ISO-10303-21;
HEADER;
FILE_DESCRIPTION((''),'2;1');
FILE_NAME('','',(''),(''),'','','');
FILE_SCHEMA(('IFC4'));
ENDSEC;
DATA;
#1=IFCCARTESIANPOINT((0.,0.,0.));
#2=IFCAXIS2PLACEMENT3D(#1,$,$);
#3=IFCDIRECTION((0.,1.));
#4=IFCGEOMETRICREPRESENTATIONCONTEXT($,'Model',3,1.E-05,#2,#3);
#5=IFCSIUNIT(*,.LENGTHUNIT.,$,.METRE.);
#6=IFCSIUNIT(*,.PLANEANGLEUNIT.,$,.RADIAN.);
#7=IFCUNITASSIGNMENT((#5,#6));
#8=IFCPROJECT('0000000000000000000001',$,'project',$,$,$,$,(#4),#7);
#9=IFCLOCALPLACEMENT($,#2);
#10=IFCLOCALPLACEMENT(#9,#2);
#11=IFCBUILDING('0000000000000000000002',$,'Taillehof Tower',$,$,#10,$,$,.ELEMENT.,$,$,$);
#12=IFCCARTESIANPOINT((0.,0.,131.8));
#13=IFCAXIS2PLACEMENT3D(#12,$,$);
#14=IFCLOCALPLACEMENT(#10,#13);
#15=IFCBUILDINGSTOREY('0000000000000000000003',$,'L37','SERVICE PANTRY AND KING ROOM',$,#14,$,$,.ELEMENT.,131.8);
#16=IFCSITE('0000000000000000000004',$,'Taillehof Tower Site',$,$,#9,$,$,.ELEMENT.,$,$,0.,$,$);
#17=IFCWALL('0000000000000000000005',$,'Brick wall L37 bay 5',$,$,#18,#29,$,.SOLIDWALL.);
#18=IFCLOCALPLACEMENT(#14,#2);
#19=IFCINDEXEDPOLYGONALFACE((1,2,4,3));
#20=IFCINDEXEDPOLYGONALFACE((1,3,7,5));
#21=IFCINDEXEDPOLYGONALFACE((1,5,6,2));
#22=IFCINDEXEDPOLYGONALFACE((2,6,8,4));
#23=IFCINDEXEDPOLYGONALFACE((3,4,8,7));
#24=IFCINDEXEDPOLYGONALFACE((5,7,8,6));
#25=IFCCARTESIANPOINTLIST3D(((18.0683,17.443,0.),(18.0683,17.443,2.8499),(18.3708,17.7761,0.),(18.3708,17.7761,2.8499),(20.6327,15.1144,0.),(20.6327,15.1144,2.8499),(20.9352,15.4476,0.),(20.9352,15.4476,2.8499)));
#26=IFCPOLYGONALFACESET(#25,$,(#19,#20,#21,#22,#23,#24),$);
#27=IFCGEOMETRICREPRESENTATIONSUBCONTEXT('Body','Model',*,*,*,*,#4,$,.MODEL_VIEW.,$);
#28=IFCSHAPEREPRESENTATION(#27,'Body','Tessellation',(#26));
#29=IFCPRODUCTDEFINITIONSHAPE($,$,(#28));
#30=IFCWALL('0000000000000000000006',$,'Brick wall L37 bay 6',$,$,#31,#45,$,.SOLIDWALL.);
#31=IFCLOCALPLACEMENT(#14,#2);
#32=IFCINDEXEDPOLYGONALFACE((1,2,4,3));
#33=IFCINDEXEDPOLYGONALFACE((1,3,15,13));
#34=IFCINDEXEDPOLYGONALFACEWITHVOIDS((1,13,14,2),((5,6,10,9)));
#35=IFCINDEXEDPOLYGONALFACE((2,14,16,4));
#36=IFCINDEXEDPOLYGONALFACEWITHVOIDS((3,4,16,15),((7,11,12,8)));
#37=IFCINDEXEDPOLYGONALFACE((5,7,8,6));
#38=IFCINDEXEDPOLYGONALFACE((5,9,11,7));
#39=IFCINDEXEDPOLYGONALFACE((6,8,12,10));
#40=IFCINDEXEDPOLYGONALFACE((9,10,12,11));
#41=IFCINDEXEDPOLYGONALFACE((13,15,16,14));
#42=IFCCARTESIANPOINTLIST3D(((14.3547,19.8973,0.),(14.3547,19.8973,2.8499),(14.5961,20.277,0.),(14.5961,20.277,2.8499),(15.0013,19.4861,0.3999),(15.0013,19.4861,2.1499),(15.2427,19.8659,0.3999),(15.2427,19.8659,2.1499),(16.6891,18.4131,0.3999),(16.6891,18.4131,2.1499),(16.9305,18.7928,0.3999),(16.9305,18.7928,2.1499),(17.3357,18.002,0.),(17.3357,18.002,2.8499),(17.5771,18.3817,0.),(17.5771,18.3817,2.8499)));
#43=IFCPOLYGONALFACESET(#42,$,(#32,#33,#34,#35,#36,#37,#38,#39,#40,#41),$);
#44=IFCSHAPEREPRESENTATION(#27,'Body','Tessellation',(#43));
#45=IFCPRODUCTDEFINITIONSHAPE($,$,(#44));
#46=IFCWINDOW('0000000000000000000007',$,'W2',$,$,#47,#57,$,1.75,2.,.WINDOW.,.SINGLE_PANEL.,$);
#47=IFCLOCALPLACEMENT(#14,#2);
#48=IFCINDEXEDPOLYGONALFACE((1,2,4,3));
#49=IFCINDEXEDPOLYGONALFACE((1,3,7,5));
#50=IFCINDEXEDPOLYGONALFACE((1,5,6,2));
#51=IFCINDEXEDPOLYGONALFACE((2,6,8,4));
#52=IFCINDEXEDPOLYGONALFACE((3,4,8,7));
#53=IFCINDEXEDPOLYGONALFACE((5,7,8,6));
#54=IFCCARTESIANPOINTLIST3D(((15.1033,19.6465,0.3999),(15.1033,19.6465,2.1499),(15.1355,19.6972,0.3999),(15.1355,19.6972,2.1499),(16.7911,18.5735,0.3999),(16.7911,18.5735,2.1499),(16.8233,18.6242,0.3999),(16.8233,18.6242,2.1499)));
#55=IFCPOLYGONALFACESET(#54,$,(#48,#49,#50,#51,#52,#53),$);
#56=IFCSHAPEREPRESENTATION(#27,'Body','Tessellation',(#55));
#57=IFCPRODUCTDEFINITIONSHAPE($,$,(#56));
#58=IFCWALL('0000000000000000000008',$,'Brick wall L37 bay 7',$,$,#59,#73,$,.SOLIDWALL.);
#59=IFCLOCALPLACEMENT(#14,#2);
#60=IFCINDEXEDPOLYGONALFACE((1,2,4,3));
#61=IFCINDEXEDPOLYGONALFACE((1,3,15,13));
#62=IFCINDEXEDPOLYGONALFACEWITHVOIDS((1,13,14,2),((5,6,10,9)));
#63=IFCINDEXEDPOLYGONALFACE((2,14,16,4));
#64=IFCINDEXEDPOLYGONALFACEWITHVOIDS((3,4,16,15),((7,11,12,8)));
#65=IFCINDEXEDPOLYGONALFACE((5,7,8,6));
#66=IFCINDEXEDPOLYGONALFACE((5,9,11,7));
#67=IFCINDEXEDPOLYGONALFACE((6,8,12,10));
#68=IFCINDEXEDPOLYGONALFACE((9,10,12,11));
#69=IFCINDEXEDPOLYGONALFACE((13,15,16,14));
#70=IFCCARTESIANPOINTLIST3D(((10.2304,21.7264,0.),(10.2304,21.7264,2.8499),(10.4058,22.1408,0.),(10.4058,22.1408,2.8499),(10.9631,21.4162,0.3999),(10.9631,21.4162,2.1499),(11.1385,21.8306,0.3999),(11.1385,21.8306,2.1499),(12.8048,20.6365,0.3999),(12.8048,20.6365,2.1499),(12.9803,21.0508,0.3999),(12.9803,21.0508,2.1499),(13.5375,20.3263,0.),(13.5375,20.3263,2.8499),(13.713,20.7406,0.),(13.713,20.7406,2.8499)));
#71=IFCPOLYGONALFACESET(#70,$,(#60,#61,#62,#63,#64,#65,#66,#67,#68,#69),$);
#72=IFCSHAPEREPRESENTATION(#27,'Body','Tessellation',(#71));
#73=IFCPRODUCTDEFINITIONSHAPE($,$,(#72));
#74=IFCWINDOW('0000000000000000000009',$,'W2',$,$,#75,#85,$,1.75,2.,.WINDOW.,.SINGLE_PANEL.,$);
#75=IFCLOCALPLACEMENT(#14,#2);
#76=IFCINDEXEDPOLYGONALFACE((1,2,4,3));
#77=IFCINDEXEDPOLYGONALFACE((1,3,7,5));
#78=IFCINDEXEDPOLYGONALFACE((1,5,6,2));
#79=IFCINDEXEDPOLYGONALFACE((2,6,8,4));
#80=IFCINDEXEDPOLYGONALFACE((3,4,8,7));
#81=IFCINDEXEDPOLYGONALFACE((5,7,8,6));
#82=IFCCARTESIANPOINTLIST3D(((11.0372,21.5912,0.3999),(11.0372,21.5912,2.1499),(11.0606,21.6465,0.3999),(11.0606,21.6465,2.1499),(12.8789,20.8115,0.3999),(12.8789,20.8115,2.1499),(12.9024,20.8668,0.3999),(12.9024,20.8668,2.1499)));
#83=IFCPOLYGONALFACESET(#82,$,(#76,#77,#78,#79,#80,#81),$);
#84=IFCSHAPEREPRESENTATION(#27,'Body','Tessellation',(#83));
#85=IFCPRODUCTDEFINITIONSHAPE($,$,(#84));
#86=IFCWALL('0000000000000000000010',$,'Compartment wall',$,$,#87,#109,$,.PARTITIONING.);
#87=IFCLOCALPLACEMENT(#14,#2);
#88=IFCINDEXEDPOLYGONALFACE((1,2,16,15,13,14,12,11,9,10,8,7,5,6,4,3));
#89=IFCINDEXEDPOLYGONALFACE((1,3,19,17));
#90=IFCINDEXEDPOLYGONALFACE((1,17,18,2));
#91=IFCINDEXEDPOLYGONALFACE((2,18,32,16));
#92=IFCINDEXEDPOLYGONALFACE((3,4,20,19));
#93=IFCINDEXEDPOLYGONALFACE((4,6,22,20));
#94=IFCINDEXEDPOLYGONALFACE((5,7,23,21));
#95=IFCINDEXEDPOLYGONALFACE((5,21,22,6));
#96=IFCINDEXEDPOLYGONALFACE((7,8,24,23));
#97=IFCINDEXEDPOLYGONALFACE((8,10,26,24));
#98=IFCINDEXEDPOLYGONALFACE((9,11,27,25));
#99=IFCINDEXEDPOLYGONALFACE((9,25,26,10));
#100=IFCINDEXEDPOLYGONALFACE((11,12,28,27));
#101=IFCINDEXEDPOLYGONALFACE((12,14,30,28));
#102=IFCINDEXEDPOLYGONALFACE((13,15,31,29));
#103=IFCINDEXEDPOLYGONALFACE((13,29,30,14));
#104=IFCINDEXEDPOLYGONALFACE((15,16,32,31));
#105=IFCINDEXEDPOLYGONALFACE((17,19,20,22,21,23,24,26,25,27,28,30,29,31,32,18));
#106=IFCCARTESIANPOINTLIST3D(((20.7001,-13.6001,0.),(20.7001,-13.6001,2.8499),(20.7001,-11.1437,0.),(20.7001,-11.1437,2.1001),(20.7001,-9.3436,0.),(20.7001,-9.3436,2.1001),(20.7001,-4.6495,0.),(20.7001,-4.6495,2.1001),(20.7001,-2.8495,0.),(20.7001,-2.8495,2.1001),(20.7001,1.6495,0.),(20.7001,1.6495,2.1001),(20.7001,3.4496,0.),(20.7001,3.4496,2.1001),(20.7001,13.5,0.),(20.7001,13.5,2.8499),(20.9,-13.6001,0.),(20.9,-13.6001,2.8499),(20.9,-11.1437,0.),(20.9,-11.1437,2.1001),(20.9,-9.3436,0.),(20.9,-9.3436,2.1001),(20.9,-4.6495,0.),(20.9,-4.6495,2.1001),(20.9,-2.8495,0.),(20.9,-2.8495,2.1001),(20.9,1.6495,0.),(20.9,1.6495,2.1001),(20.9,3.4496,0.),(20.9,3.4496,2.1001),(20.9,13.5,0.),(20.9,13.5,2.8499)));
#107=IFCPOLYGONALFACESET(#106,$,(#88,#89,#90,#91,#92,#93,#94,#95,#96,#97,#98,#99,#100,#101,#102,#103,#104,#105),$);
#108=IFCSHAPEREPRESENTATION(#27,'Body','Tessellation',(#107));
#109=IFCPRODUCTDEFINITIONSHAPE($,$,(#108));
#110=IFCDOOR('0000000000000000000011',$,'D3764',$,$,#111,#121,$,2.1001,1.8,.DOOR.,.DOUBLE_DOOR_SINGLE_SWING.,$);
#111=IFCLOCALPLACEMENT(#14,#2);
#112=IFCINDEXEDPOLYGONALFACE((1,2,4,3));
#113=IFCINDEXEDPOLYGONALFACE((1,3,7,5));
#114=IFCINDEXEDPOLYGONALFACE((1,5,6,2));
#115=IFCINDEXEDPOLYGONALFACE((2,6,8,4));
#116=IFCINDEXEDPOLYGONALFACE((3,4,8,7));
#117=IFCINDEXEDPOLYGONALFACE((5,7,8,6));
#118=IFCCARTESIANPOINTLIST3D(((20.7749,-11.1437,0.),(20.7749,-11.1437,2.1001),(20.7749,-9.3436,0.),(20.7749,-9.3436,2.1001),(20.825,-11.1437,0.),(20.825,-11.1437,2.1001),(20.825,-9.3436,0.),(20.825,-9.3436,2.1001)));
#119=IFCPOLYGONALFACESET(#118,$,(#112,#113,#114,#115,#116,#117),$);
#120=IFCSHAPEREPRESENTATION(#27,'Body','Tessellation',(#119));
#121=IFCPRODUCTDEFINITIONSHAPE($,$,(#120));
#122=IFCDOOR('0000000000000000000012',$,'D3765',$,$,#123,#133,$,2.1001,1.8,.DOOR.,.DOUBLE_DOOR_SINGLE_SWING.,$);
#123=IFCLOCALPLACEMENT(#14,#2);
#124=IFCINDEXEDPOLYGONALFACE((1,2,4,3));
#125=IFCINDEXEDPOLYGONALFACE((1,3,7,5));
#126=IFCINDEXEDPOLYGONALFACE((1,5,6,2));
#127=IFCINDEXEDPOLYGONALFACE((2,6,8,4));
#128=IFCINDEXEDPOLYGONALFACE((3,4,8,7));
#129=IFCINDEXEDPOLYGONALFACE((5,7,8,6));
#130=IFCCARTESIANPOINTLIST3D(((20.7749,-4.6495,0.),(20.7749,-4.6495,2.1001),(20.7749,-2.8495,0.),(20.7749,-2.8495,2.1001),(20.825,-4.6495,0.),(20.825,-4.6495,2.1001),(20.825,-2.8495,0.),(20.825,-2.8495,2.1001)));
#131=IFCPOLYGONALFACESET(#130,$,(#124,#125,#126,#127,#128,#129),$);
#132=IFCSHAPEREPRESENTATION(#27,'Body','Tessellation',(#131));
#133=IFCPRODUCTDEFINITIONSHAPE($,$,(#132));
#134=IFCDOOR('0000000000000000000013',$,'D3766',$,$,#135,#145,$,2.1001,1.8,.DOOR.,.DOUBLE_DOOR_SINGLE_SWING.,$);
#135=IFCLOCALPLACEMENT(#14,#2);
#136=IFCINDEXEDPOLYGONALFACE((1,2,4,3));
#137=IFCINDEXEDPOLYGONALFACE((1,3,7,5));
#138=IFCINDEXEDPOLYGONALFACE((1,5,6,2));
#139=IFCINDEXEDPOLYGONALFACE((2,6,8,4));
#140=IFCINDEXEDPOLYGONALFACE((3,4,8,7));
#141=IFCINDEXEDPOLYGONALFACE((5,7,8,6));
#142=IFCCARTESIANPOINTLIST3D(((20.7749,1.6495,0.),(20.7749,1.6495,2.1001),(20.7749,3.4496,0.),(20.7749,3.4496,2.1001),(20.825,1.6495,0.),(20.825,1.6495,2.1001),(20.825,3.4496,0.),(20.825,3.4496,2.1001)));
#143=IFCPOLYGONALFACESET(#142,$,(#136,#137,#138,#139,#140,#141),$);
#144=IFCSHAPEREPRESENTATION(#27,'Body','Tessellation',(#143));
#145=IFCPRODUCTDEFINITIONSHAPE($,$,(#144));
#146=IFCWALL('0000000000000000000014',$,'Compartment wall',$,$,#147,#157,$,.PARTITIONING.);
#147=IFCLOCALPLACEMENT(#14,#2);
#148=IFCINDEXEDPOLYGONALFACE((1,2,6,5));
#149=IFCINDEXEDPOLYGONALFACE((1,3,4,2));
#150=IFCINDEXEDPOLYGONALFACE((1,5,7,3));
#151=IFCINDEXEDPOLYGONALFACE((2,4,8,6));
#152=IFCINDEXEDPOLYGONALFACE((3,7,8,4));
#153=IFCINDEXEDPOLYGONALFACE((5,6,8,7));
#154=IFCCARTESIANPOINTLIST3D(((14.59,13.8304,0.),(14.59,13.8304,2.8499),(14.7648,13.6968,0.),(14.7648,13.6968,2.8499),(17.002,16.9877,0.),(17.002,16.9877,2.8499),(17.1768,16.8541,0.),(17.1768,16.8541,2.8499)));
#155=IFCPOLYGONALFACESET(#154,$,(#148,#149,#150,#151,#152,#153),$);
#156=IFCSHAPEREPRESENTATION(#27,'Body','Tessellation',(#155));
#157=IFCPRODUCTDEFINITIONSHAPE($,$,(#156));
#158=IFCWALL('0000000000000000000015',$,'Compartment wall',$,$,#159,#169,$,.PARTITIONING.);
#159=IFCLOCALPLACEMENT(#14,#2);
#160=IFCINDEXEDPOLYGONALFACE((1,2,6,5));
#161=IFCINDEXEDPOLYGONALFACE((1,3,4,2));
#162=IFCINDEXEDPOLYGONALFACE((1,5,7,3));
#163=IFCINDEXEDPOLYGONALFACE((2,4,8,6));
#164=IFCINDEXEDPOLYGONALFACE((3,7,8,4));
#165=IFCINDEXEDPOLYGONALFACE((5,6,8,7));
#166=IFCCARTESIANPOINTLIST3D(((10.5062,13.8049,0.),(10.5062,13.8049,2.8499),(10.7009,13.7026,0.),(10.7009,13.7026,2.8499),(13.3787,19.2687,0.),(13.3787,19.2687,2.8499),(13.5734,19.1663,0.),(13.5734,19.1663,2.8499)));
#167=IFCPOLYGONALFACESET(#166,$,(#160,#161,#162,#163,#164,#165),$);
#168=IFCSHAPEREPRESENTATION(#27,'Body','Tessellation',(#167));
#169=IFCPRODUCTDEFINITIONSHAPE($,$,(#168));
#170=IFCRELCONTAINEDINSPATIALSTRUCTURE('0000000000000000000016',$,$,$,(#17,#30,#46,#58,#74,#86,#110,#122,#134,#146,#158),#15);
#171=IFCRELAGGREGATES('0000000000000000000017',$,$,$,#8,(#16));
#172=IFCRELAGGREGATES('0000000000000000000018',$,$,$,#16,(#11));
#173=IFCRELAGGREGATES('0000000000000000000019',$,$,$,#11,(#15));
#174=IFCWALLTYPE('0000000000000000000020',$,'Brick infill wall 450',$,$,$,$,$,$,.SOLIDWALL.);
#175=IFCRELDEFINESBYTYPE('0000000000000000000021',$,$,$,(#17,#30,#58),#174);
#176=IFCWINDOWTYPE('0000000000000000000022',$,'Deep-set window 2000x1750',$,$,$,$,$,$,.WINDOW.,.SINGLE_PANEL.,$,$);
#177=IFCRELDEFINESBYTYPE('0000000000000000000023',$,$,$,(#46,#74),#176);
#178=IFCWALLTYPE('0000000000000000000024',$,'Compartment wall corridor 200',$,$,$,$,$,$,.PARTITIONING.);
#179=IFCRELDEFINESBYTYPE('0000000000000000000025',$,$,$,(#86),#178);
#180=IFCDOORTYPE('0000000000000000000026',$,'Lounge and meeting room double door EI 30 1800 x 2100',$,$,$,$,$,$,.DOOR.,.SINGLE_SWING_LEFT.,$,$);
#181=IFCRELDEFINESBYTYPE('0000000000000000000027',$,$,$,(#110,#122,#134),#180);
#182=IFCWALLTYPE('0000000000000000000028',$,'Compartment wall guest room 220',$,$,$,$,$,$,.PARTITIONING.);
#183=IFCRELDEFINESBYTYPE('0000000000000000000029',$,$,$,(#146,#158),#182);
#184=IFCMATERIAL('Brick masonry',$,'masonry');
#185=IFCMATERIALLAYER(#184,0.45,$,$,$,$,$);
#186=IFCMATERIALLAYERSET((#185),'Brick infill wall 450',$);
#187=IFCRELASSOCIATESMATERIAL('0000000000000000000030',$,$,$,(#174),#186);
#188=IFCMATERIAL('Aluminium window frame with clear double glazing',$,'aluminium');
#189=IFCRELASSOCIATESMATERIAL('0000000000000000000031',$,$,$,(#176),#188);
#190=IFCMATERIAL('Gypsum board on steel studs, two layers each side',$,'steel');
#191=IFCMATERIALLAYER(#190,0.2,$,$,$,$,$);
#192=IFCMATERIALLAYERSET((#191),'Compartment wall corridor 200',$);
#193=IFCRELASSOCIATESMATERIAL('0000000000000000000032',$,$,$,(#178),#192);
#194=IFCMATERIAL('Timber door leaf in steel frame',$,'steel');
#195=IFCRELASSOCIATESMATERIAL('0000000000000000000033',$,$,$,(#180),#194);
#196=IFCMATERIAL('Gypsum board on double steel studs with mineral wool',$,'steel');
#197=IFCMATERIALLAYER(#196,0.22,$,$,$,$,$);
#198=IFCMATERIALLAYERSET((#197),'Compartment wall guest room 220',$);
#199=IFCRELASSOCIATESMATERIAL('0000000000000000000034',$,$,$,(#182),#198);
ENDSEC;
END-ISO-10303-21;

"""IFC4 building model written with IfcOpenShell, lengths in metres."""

from ifc_helpers import new_model, si_unit, direction, frame, frame_2d, origin, place, context, subcontext, project, spatial, rectangle, extrude, material, layer, layer_set, type_object, element, fill, save


model = new_model("IFC4")

# Units and contexts
model_context = context("Model", 3, precision=1e-05, world=origin(), true_north=direction((0.0, 1.0)))
body_context = subcontext(model_context, "Body", "Model", "MODEL_VIEW")
ifc_project = project(units=[si_unit("LENGTHUNIT", "METRE"), si_unit("PLANEANGLEUNIT", "RADIAN")], contexts=[model_context])

# Site, building, storey
site_placement = place(None, origin())
site = spatial("IfcSite", under=ifc_project, at=site_placement, Name="Taillehof Tower Site", CompositionType="ELEMENT", RefElevation=0.0)
building_placement = place(site_placement, origin())
building = spatial("IfcBuilding", under=site, at=building_placement, Name="Taillehof Tower", CompositionType="ELEMENT")
storey_placement = place(building_placement, frame((0.0, 0.0, 131.8)))
storey = spatial("IfcBuildingStorey", under=building, at=storey_placement, Name="L37", Description="SERVICE PANTRY AND KING ROOM", CompositionType="ELEMENT", Elevation=131.8)

# Shared definitions
ifc_material_1 = material(Name="Brick masonry", Category="masonry")
ifc_layer_1 = layer(ifc_material_1, 0.45)
ifc_layer_set_1 = layer_set([ifc_layer_1], Name="Brick infill wall 450")
wall_type_1 = type_object("IfcWallType", Name="Brick infill wall 450", PredefinedType="SOLIDWALL", material=ifc_layer_set_1)

# Wall
wall_1_placement = place(storey_placement, frame((20.7839, 15.281, 0.0), z_axis=(0.0, 0.0, 1.0), x_axis=(-0.740329, 0.672245, 0.0)))
element("IfcWall", 1, at=wall_1_placement, inside=storey, type_object=wall_type_1, Name="Brick wall L37 bay 5", PredefinedType="SOLIDWALL", context=body_context, shape_type="SweptSolid", body=[
    extrude(rectangle(XDim=3.4639, YDim=0.45, at=frame_2d((1.7319, 0.0))), origin(), (0.0, 0.0, 1.0), 2.8499),
])

# Walls, openings, windows
wall_2_placement = place(storey_placement, frame((17.4563, 18.1919, 0.0), z_axis=(0.0, 0.0, 1.0), x_axis=(-0.843881, 0.536531, 0.0)))
wall_2 = element("IfcWall", 2, at=wall_2_placement, inside=storey, type_object=wall_type_1, Name="Brick wall L37 bay 6", PredefinedType="SOLIDWALL", context=body_context, shape_type="SweptSolid", body=[
    extrude(rectangle(XDim=3.5325, YDim=0.45, at=frame_2d((1.7661, 0.0))), origin(), (0.0, 0.0, 1.0), 2.8499),
])
opening_1_placement = place(wall_2_placement, frame((0.7661, 0.0, 0.3999)))
opening_1 = element("IfcOpeningElement", 3, at=opening_1_placement, cuts=wall_2, PredefinedType="OPENING", context=body_context, shape_type="SweptSolid", body=[
    extrude(rectangle(XDim=2.0, YDim=1.75, at=frame_2d((1.0, 0.875))), frame((0.0, 0.2349, 0.0), z_axis=(0.0, -1.0, 0.0), x_axis=(1.0, 0.0, 0.0)), (0.0, 0.0, 1.0), 0.47),
])
ifc_material_2 = material(Name="Aluminium window frame with clear double glazing", Category="aluminium")
window_type_1 = type_object("IfcWindowType", Name="Deep-set window 2000x1750", PartitioningType="SINGLE_PANEL", PredefinedType="WINDOW", material=ifc_material_2)
window_1_placement = place(opening_1_placement, origin())
window_1 = element("IfcWindow", 4, at=window_1_placement, inside=storey, type_object=window_type_1, Name="W2", OverallHeight=1.75, OverallWidth=2.0, PartitioningType="SINGLE_PANEL", PredefinedType="WINDOW", context=body_context, shape_type="SweptSolid", body=[
    extrude(rectangle(XDim=2.0, YDim=1.75, at=frame_2d((1.0, 0.875))), frame((0.0, 0.0349, 0.0), z_axis=(0.0, -1.0, 0.0), x_axis=(1.0, 0.0, 0.0)), (0.0, 0.0, 1.0), 0.0601),
])
fill(opening_1, window_1)
wall_3_placement = place(storey_placement, frame((13.6252, 20.5334, 0.0), z_axis=(0.0, 0.0, 1.0), x_axis=(-0.92087, 0.389871, 0.0)))
wall_3 = element("IfcWall", 5, at=wall_3_placement, inside=storey, type_object=wall_type_1, Name="Brick wall L37 bay 7", PredefinedType="SOLIDWALL", context=body_context, shape_type="SweptSolid", body=[
    extrude(rectangle(XDim=3.5913, YDim=0.45, at=frame_2d((1.7957, 0.0))), origin(), (0.0, 0.0, 1.0), 2.8499),
])
opening_2_placement = place(wall_3_placement, frame((0.7957, 0.0, 0.3999)))
opening_2 = element("IfcOpeningElement", 6, at=opening_2_placement, cuts=wall_3, PredefinedType="OPENING", context=body_context, shape_type="SweptSolid", body=[
    extrude(rectangle(XDim=2.0, YDim=1.75, at=frame_2d((1.0, 0.875))), frame((0.0, 0.2349, 0.0), z_axis=(0.0, -1.0, 0.0), x_axis=(1.0, 0.0, 0.0)), (0.0, 0.0, 1.0), 0.47),
])
window_2_placement = place(opening_2_placement, origin())
window_2 = element("IfcWindow", 7, at=window_2_placement, inside=storey, type_object=window_type_1, Name="W2", OverallHeight=1.75, OverallWidth=2.0, PartitioningType="SINGLE_PANEL", PredefinedType="WINDOW", context=body_context, shape_type="SweptSolid", body=[
    extrude(rectangle(XDim=2.0, YDim=1.75, at=frame_2d((1.0, 0.875))), frame((0.0, 0.0349, 0.0), z_axis=(0.0, -1.0, 0.0), x_axis=(1.0, 0.0, 0.0)), (0.0, 0.0, 1.0), 0.0601),
])
fill(opening_2, window_2)

# Wall, openings, doors
ifc_material_3 = material(Name="Gypsum board on steel studs, two layers each side", Category="steel")
ifc_layer_2 = layer(ifc_material_3, 0.2)
ifc_layer_set_2 = layer_set([ifc_layer_2], Name="Compartment wall corridor 200")
wall_type_2 = type_object("IfcWallType", Name="Compartment wall corridor 200", PredefinedType="PARTITIONING", material=ifc_layer_set_2)
wall_4_placement = place(storey_placement, frame((20.8, 13.5, 0.0), z_axis=(0.0, 0.0, 1.0), x_axis=(0.0, -1.0, 0.0)))
wall_4 = element("IfcWall", 8, at=wall_4_placement, inside=storey, type_object=wall_type_2, Name="Compartment wall", PredefinedType="PARTITIONING", context=body_context, shape_type="SweptSolid", body=[
    extrude(rectangle(XDim=27.1001, YDim=0.2, at=frame_2d((13.55, 0.0))), origin(), (0.0, 0.0, 1.0), 2.8499),
])
opening_3_placement = place(wall_4_placement, frame((22.8438, 0.0, 0.0)))
opening_3 = element("IfcOpeningElement", 9, at=opening_3_placement, cuts=wall_4, PredefinedType="OPENING", context=body_context, shape_type="SweptSolid", body=[
    extrude(rectangle(XDim=1.8, YDim=2.1001, at=frame_2d((0.8999, 1.05))), frame((0.0, 0.1099, 0.0), z_axis=(0.0, -1.0, 0.0), x_axis=(1.0, 0.0, 0.0)), (0.0, 0.0, 1.0), 0.22),
])
opening_4_placement = place(wall_4_placement, frame((16.3496, 0.0, 0.0)))
opening_4 = element("IfcOpeningElement", 10, at=opening_4_placement, cuts=wall_4, PredefinedType="OPENING", context=body_context, shape_type="SweptSolid", body=[
    extrude(rectangle(XDim=1.8, YDim=2.1001, at=frame_2d((0.8999, 1.05))), frame((0.0, 0.1099, 0.0), z_axis=(0.0, -1.0, 0.0), x_axis=(1.0, 0.0, 0.0)), (0.0, 0.0, 1.0), 0.22),
])
opening_5_placement = place(wall_4_placement, frame((10.0505, 0.0, 0.0)))
opening_5 = element("IfcOpeningElement", 11, at=opening_5_placement, cuts=wall_4, PredefinedType="OPENING", context=body_context, shape_type="SweptSolid", body=[
    extrude(rectangle(XDim=1.8, YDim=2.1001, at=frame_2d((0.8999, 1.05))), frame((0.0, 0.1099, 0.0), z_axis=(0.0, -1.0, 0.0), x_axis=(1.0, 0.0, 0.0)), (0.0, 0.0, 1.0), 0.22),
])
ifc_material_4 = material(Name="Timber door leaf in steel frame", Category="steel")
door_type_1 = type_object("IfcDoorType", Name="Lounge and meeting room double door EI 30 1800 x 2100", OperationType="SINGLE_SWING_LEFT", PredefinedType="DOOR", material=ifc_material_4)
door_1_placement = place(opening_3_placement, origin())
door_1 = element("IfcDoor", 12, at=door_1_placement, inside=storey, type_object=door_type_1, Name="D3764", OperationType="DOUBLE_DOOR_SINGLE_SWING", OverallHeight=2.1001, OverallWidth=1.8, PredefinedType="DOOR", context=body_context, shape_type="SweptSolid", body=[
    extrude(rectangle(XDim=1.8, YDim=2.1001, at=frame_2d((0.8999, 1.05))), frame((0.0, 0.0249, 0.0), z_axis=(0.0, -1.0, 0.0), x_axis=(1.0, 0.0, 0.0)), (0.0, 0.0, 1.0), 0.05),
])
fill(opening_3, door_1)
door_2_placement = place(opening_4_placement, origin())
door_2 = element("IfcDoor", 13, at=door_2_placement, inside=storey, type_object=door_type_1, Name="D3765", OperationType="DOUBLE_DOOR_SINGLE_SWING", OverallHeight=2.1001, OverallWidth=1.8, PredefinedType="DOOR", context=body_context, shape_type="SweptSolid", body=[
    extrude(rectangle(XDim=1.8, YDim=2.1001, at=frame_2d((0.8999, 1.05))), frame((0.0, 0.0249, 0.0), z_axis=(0.0, -1.0, 0.0), x_axis=(1.0, 0.0, 0.0)), (0.0, 0.0, 1.0), 0.05),
])
fill(opening_4, door_2)
door_3_placement = place(opening_5_placement, origin())
door_3 = element("IfcDoor", 14, at=door_3_placement, inside=storey, type_object=door_type_1, Name="D3766", OperationType="DOUBLE_DOOR_SINGLE_SWING", OverallHeight=2.1001, OverallWidth=1.8, PredefinedType="DOOR", context=body_context, shape_type="SweptSolid", body=[
    extrude(rectangle(XDim=1.8, YDim=2.1001, at=frame_2d((0.8999, 1.05))), frame((0.0, 0.0249, 0.0), z_axis=(0.0, -1.0, 0.0), x_axis=(1.0, 0.0, 0.0)), (0.0, 0.0, 1.0), 0.05),
])
fill(opening_5, door_3)

# Walls
ifc_material_5 = material(Name="Gypsum board on double steel studs with mineral wool", Category="steel")
ifc_layer_3 = layer(ifc_material_5, 0.22)
ifc_layer_set_3 = layer_set([ifc_layer_3], Name="Compartment wall guest room 220")
wall_type_3 = type_object("IfcWallType", Name="Compartment wall guest room 220", PredefinedType="PARTITIONING", material=ifc_layer_set_3)
wall_5_placement = place(storey_placement, frame((17.0894, 16.9209, 0.0), z_axis=(0.0, 0.0, 1.0), x_axis=(-0.607055, -0.794659, 0.0)))
element("IfcWall", 15, at=wall_5_placement, inside=storey, type_object=wall_type_3, Name="Compartment wall", PredefinedType="PARTITIONING", context=body_context, shape_type="SweptSolid", body=[
    extrude(rectangle(XDim=3.9731, YDim=0.22, at=frame_2d((1.9866, 0.0))), origin(), (0.0, 0.0, 1.0), 2.8499),
])
wall_6_placement = place(storey_placement, frame((13.4761, 19.2175, 0.0), z_axis=(0.0, 0.0, 1.0), x_axis=(-0.465345, -0.885129, 0.0)))
element("IfcWall", 16, at=wall_6_placement, inside=storey, type_object=wall_type_3, Name="Compartment wall", PredefinedType="PARTITIONING", context=body_context, shape_type="SweptSolid", body=[
    extrude(rectangle(XDim=6.1729, YDim=0.22, at=frame_2d((3.0864, 0.0))), origin(), (0.0, 0.0, 1.0), 2.8499),
])

save(model, "model.ifc")
